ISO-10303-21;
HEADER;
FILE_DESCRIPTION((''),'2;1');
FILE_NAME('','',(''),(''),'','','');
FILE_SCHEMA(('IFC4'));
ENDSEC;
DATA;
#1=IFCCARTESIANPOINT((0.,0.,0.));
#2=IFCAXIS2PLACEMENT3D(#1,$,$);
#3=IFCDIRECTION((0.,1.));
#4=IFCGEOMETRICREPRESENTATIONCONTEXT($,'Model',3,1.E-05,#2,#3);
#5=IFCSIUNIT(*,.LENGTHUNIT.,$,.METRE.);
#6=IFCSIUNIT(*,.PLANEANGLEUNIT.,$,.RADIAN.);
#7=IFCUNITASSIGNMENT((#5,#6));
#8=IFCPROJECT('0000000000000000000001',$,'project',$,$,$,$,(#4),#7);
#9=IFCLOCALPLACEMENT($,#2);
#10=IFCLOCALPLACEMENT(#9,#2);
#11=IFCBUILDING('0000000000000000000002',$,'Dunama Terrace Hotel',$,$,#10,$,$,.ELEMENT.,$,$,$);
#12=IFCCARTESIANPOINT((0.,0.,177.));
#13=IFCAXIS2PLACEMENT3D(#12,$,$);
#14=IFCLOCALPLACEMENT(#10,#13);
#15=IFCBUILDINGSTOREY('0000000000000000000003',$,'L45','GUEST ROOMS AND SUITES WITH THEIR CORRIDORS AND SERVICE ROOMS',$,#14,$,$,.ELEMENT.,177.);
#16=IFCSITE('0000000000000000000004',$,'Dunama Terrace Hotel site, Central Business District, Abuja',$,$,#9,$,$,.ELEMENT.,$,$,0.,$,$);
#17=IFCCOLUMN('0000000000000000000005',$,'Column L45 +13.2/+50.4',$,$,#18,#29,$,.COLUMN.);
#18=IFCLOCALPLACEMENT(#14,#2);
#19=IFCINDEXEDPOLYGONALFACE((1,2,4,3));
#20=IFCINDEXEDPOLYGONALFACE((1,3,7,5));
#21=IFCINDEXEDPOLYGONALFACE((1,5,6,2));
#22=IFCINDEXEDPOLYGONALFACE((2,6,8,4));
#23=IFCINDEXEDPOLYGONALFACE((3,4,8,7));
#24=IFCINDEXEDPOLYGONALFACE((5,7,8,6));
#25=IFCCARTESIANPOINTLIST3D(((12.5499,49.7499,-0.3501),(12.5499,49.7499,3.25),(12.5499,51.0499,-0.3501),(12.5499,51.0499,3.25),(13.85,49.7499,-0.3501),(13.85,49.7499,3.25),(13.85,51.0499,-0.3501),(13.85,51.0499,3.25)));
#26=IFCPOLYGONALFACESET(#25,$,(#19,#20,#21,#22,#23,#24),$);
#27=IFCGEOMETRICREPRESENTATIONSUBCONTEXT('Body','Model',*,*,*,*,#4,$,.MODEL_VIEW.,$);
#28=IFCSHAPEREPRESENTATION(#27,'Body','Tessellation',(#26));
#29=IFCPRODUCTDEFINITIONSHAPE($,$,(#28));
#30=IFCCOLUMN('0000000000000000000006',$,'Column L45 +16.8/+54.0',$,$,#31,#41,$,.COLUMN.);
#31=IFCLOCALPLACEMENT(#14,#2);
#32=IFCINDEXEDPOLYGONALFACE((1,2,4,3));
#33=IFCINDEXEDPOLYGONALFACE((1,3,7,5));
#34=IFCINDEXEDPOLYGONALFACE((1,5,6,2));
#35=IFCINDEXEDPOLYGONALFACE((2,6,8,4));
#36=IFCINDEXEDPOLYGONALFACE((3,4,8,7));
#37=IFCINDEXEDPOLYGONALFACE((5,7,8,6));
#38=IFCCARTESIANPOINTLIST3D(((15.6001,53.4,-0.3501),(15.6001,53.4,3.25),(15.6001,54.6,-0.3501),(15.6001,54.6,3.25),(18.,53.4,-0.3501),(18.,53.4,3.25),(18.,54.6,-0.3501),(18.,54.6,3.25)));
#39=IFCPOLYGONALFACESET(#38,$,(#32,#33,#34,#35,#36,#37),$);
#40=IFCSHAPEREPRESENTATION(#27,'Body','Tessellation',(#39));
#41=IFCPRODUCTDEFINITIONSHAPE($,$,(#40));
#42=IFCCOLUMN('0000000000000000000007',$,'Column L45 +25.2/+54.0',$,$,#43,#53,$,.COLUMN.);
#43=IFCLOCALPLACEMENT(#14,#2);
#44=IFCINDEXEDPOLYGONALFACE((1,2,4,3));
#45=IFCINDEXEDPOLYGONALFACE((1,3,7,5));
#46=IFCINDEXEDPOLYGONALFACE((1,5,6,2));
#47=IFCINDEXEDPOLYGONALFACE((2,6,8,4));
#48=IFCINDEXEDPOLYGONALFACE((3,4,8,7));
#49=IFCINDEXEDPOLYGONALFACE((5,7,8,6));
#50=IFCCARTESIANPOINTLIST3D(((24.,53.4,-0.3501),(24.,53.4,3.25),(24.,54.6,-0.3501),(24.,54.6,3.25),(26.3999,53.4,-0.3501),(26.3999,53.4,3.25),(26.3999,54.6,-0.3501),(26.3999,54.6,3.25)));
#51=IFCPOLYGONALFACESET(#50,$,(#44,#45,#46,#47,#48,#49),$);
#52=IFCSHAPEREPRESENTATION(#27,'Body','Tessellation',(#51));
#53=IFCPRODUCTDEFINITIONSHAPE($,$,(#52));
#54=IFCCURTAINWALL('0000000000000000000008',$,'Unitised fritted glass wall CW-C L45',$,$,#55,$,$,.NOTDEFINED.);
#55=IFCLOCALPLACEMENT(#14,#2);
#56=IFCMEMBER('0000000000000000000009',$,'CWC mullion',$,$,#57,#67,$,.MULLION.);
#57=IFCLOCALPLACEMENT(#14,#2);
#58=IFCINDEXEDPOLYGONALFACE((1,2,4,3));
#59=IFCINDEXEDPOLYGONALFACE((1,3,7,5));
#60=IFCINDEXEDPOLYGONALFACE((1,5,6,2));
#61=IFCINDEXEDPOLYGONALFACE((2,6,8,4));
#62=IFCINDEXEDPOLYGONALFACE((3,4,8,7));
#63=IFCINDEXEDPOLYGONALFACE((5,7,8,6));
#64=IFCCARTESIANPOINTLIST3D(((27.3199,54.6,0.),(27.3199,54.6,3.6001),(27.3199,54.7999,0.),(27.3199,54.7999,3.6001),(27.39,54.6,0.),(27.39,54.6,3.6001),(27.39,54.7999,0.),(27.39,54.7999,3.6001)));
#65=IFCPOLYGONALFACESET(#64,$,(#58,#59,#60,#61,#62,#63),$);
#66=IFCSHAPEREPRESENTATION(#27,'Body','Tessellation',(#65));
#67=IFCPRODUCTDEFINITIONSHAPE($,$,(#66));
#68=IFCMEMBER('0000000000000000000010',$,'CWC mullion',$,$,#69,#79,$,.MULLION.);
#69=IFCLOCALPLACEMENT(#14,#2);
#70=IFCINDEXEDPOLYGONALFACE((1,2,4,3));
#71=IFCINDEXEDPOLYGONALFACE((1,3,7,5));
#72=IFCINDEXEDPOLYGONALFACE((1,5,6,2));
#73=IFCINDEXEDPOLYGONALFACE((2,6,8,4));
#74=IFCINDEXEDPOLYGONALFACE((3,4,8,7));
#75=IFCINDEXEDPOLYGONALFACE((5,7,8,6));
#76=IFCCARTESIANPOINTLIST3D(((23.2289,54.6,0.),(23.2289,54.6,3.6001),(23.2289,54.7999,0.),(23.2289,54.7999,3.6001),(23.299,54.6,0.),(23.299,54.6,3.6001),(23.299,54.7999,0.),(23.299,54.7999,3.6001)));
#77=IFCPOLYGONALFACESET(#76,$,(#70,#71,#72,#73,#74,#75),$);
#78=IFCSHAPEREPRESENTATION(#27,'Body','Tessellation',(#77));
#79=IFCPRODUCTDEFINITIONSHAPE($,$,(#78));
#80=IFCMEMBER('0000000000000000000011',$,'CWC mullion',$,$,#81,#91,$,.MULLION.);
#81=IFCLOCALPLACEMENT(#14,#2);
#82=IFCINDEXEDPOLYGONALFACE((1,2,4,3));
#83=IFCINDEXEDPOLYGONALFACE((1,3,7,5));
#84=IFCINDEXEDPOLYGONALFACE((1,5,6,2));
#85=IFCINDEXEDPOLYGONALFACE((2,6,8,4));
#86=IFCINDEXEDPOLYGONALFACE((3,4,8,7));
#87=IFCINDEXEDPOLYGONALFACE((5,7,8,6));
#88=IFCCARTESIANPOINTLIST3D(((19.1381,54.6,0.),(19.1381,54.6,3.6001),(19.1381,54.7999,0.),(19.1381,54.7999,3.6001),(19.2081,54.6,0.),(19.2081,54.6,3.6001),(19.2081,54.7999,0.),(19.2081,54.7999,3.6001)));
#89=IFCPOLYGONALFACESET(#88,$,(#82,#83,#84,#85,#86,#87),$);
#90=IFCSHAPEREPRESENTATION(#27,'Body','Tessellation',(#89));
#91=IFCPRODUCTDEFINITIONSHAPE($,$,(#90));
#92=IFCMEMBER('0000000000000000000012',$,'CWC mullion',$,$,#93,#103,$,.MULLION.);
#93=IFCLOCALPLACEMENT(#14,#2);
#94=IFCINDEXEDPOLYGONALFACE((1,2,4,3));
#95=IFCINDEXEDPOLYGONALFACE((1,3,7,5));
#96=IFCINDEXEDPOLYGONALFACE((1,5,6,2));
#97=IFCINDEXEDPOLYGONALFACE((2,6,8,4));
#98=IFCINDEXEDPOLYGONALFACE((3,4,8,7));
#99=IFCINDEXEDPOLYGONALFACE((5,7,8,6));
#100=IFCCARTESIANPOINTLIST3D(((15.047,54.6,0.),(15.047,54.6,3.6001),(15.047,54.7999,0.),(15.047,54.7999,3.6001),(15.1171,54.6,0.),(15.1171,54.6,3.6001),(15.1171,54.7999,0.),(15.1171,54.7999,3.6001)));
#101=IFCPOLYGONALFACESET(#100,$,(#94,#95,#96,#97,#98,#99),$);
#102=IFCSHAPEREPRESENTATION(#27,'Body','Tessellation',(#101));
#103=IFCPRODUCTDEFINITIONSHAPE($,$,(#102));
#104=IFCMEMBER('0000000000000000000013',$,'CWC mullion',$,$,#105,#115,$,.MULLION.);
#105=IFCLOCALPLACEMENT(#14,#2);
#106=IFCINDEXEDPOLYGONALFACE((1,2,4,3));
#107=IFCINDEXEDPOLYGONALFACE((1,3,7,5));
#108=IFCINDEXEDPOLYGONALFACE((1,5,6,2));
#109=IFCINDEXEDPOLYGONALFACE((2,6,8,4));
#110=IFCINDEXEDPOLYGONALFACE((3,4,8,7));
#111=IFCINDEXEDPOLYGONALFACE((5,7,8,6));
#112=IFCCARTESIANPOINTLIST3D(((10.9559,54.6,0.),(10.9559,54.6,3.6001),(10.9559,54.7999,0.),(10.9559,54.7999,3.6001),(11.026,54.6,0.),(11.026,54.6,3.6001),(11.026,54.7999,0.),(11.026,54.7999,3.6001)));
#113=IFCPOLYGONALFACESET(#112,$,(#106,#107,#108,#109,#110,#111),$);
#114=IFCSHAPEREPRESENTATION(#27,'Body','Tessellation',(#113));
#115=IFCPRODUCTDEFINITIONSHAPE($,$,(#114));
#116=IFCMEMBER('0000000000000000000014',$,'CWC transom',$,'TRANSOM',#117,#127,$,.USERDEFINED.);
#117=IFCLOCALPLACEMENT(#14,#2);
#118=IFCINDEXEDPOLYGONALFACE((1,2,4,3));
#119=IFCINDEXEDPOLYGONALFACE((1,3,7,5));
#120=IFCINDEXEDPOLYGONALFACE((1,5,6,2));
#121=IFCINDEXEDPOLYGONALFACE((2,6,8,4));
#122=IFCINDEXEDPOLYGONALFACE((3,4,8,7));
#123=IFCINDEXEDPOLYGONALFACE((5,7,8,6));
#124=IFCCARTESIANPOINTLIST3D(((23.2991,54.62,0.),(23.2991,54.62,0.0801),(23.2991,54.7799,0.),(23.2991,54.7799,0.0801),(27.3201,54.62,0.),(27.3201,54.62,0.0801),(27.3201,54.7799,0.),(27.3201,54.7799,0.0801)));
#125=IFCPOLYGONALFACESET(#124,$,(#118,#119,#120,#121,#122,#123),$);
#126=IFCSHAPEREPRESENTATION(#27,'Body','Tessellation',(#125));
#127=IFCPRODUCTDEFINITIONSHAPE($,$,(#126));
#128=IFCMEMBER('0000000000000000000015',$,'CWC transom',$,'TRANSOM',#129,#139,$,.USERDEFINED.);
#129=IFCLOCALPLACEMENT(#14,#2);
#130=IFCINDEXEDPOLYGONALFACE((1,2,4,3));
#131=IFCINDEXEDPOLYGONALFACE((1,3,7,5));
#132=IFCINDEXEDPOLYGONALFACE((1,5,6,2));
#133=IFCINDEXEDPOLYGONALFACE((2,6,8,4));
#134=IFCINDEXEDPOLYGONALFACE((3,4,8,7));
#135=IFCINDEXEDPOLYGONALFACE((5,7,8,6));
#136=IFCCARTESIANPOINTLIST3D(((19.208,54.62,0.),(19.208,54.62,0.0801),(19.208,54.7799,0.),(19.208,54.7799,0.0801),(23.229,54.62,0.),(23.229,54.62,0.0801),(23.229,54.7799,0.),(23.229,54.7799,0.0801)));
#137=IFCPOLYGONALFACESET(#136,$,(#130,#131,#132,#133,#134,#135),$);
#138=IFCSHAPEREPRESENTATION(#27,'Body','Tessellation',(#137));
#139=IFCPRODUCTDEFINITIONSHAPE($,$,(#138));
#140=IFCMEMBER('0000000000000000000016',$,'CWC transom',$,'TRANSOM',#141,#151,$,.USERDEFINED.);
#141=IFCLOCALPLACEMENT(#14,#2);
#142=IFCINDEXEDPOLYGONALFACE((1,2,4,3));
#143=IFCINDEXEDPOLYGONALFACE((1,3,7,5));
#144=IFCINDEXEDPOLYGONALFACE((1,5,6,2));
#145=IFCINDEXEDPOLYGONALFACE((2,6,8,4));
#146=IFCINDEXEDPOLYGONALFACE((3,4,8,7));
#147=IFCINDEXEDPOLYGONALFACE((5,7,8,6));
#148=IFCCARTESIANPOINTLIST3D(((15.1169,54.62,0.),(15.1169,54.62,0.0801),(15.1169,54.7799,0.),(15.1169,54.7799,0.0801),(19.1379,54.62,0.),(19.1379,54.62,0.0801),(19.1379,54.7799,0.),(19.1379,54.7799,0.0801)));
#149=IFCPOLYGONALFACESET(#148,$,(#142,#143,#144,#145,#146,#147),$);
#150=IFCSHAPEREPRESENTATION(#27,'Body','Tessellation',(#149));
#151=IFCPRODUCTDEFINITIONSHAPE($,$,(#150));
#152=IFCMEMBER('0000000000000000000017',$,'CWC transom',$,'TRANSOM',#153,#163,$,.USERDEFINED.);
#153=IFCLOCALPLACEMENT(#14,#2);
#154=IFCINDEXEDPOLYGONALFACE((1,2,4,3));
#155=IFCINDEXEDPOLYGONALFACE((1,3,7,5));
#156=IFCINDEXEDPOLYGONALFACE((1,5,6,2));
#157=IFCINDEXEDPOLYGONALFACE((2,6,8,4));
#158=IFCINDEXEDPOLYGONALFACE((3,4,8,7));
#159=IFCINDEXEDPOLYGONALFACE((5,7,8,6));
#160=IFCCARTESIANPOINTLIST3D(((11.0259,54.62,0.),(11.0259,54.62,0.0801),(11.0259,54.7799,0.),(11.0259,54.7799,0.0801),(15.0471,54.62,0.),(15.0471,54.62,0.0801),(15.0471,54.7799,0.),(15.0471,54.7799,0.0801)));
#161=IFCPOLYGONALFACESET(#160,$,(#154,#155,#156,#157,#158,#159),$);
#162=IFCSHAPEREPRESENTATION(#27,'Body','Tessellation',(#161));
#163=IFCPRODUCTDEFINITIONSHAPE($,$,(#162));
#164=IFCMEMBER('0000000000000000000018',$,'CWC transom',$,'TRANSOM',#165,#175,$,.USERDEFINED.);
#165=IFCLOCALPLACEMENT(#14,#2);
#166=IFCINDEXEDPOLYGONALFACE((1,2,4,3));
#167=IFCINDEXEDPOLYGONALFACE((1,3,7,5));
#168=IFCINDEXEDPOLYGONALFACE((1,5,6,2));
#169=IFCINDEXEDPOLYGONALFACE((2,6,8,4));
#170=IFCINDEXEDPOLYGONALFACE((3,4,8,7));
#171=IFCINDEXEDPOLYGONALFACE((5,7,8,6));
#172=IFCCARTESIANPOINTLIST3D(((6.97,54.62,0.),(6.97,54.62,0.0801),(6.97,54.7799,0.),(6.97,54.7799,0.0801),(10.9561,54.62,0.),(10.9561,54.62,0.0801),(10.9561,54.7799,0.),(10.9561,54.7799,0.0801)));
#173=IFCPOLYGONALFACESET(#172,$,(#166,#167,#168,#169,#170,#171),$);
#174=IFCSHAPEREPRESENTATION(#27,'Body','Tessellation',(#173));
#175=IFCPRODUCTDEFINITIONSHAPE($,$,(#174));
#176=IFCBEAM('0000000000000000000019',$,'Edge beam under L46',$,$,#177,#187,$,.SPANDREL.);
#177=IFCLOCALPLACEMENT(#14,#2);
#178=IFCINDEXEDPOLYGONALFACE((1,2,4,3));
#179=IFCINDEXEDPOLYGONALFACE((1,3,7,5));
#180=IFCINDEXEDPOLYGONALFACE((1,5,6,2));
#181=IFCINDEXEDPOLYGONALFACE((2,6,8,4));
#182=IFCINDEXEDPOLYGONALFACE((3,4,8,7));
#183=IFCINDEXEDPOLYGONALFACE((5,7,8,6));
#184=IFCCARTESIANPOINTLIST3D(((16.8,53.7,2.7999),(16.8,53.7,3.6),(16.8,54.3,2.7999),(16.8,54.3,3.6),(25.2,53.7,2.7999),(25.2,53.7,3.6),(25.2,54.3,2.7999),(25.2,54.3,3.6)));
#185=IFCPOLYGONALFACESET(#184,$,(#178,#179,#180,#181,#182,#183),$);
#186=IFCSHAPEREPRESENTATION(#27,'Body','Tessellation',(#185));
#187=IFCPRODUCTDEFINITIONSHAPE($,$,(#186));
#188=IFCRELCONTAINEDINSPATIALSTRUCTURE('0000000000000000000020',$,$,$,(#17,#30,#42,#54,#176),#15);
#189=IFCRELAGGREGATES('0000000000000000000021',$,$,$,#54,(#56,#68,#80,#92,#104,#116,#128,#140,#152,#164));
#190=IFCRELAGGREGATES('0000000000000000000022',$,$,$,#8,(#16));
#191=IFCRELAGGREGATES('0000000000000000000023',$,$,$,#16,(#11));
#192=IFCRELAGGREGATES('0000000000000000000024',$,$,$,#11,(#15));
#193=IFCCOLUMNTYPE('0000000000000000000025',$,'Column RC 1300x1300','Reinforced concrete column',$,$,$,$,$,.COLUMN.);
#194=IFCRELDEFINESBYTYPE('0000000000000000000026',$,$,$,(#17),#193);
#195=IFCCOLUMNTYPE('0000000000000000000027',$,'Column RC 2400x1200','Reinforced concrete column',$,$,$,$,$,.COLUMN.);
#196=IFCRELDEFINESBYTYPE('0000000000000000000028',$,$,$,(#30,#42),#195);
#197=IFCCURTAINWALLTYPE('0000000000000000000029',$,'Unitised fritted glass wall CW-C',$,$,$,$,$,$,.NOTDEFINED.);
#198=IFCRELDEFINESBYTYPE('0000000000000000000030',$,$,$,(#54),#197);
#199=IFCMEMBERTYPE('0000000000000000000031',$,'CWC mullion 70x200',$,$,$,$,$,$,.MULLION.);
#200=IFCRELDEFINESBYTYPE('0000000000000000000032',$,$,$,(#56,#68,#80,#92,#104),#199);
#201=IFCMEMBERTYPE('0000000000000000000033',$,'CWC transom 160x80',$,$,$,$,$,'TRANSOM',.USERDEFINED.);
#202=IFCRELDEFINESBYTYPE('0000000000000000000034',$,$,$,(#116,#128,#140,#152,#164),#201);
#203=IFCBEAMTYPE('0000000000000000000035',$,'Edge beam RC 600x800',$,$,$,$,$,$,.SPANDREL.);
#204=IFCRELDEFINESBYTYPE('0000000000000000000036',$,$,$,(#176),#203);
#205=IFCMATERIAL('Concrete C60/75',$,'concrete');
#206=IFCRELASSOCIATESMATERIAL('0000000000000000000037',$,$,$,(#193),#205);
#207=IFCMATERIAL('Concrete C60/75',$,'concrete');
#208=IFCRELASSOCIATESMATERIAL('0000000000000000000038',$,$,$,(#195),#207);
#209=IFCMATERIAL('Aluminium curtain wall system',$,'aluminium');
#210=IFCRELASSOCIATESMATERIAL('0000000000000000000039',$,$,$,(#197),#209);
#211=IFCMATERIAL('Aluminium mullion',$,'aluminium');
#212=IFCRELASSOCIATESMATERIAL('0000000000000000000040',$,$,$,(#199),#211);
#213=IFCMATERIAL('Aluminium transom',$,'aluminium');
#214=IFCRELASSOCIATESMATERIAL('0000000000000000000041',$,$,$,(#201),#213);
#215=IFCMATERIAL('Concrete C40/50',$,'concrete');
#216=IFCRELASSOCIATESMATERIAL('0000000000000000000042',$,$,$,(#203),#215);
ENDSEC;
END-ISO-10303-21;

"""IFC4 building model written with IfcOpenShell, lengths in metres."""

from ifc_helpers import new_model, si_unit, direction, frame, origin, origin_2d, place, context, subcontext, project, spatial, rectangle, extrude, material, material_profile, profile_set, type_object, element, aggregate, save


model = new_model("IFC4")

# Units and contexts
model_context = context("Model", 3, precision=1e-05, world=origin(), true_north=direction((0.0, 1.0)))
body_context = subcontext(model_context, "Body", "Model", "MODEL_VIEW")
ifc_project = project(units=[si_unit("LENGTHUNIT", "METRE"), si_unit("PLANEANGLEUNIT", "RADIAN")], contexts=[model_context])

# Site, building, storey
site_placement = place(None, origin())
site = spatial("IfcSite", under=ifc_project, at=site_placement, Name="Dunama Terrace Hotel site, Central Business District, Abuja", CompositionType="ELEMENT", RefElevation=0.0)
building_placement = place(site_placement, origin())
building = spatial("IfcBuilding", under=site, at=building_placement, Name="Dunama Terrace Hotel", CompositionType="ELEMENT")
storey_placement = place(building_placement, frame((0.0, 0.0, 177.0)))
storey = spatial("IfcBuildingStorey", under=building, at=storey_placement, Name="L45", Description="GUEST ROOMS AND SUITES WITH THEIR CORRIDORS AND SERVICE ROOMS", CompositionType="ELEMENT", Elevation=177.0)

# Columns
ifc_material_1 = material(Name="Concrete C60/75", Category="concrete")
ifc_material_profile_1 = material_profile(ifc_material_1, rectangle(XDim=1.3, YDim=1.3, at=origin_2d()), Name="RC 1300x1300")
ifc_profile_set_1 = profile_set([ifc_material_profile_1], Name="Concrete C60/75")
column_type_1 = type_object("IfcColumnType", Name="Column RC 1300x1300", Description="Reinforced concrete column", PredefinedType="COLUMN", material=ifc_profile_set_1)
column_placement = place(storey_placement, frame((13.2, 50.3999, -0.3501), z_axis=(0.0, 0.0, 1.0), x_axis=(1.0, 0.0, 0.0)))
element("IfcColumn", 1, at=column_placement, inside=storey, type_object=column_type_1, Name="Column L45 +13.2/+50.4", PredefinedType="COLUMN", context=body_context, shape_type="SweptSolid", body=[
    extrude(rectangle(XDim=1.3, YDim=1.3, at=origin_2d()), origin(), (0.0, 0.0, 1.0), 3.6001),
])
ifc_material_2 = material(Name="Concrete C60/75", Category="concrete")
ifc_material_profile_2 = material_profile(ifc_material_2, rectangle(XDim=2.3999, YDim=1.2, at=origin_2d()), Name="RC 2400x1200")
ifc_profile_set_2 = profile_set([ifc_material_profile_2], Name="Concrete C60/75")
column_type_2 = type_object("IfcColumnType", Name="Column RC 2400x1200", Description="Reinforced concrete column", PredefinedType="COLUMN", material=ifc_profile_set_2)
for number, where, z_axis, x_axis, name in (
    (2, (16.8, 54.0, -0.3501), (0.0, 0.0, 1.0), (1.0, 0.0, 0.0), "Column L45 +16.8/+54.0"),
    (3, (25.2, 54.0, -0.3501), (0.0, 0.0, 1.0), (1.0, 0.0, 0.0), "Column L45 +25.2/+54.0"),
):
    element("IfcColumn", number, at=place(storey_placement, frame(where, z_axis=z_axis, x_axis=x_axis)), inside=storey, type_object=column_type_2, Name=name, PredefinedType="COLUMN", context=body_context, shape_type="SweptSolid", body=[
        extrude(rectangle(XDim=2.3999, YDim=1.2, at=origin_2d()), origin(), (0.0, 0.0, 1.0), 3.6001),
    ])

# Curtain wall, members
ifc_material_3 = material(Name="Aluminium curtain wall system", Category="aluminium")
curtain_wall_type = type_object("IfcCurtainWallType", Name="Unitised fritted glass wall CW-C", PredefinedType="NOTDEFINED", material=ifc_material_3)
curtain_wall_placement = place(storey_placement, origin())
curtain_wall = element("IfcCurtainWall", 4, at=curtain_wall_placement, inside=storey, type_object=curtain_wall_type, Name="Unitised fritted glass wall CW-C L45", PredefinedType="NOTDEFINED")
ifc_material_4 = material(Name="Aluminium mullion", Category="aluminium")
ifc_material_profile_3 = material_profile(ifc_material_4, rectangle(XDim=0.0701, YDim=0.2, at=origin_2d()), Name="CWC MULLION 70X200")
ifc_profile_set_3 = profile_set([ifc_material_profile_3], Name="Aluminium mullion")
member_type_1 = type_object("IfcMemberType", Name="CWC mullion 70x200", PredefinedType="MULLION", material=ifc_profile_set_3)
member_1_placement = place(storey_placement, frame((27.355, 54.7, 0.0), z_axis=(0.0, 0.0, 1.0), x_axis=(-1.0, 0.0, 0.0)))
member_1 = element("IfcMember", 5, at=member_1_placement, type_object=member_type_1, Name="CWC mullion", PredefinedType="MULLION", context=body_context, shape_type="SweptSolid", body=[
    extrude(rectangle(XDim=0.0701, YDim=0.2, at=origin_2d()), origin(), (0.0, 0.0, 1.0), 3.6001),
])
member_2_placement = place(storey_placement, frame((23.2639, 54.7, 0.0), z_axis=(0.0, 0.0, 1.0), x_axis=(-1.0, 0.0, 0.0)))
member_2 = element("IfcMember", 6, at=member_2_placement, type_object=member_type_1, Name="CWC mullion", PredefinedType="MULLION", context=body_context, shape_type="SweptSolid", body=[
    extrude(rectangle(XDim=0.0701, YDim=0.2, at=origin_2d()), origin(), (0.0, 0.0, 1.0), 3.6001),
])
member_3_placement = place(storey_placement, frame((19.1731, 54.7, 0.0), z_axis=(0.0, 0.0, 1.0), x_axis=(-1.0, 0.0, 0.0)))
member_3 = element("IfcMember", 7, at=member_3_placement, type_object=member_type_1, Name="CWC mullion", PredefinedType="MULLION", context=body_context, shape_type="SweptSolid", body=[
    extrude(rectangle(XDim=0.0701, YDim=0.2, at=origin_2d()), origin(), (0.0, 0.0, 1.0), 3.6001),
])
member_4_placement = place(storey_placement, frame((15.082, 54.7, 0.0), z_axis=(0.0, 0.0, 1.0), x_axis=(-1.0, 0.0, 0.0)))
member_4 = element("IfcMember", 8, at=member_4_placement, type_object=member_type_1, Name="CWC mullion", PredefinedType="MULLION", context=body_context, shape_type="SweptSolid", body=[
    extrude(rectangle(XDim=0.0701, YDim=0.2, at=origin_2d()), origin(), (0.0, 0.0, 1.0), 3.6001),
])
member_5_placement = place(storey_placement, frame((10.991, 54.7, 0.0), z_axis=(0.0, 0.0, 1.0), x_axis=(-1.0, 0.0, 0.0)))
member_5 = element("IfcMember", 9, at=member_5_placement, type_object=member_type_1, Name="CWC mullion", PredefinedType="MULLION", context=body_context, shape_type="SweptSolid", body=[
    extrude(rectangle(XDim=0.0701, YDim=0.2, at=origin_2d()), origin(), (0.0, 0.0, 1.0), 3.6001),
])
ifc_material_5 = material(Name="Aluminium transom", Category="aluminium")
ifc_material_profile_4 = material_profile(ifc_material_5, rectangle(XDim=0.1599, YDim=0.0801, at=origin_2d()), Name="CWC TRANSOM 160X80")
ifc_profile_set_4 = profile_set([ifc_material_profile_4], Name="Aluminium transom")
member_type_2 = type_object("IfcMemberType", Name="CWC transom 160x80", ElementType="TRANSOM", PredefinedType="USERDEFINED", material=ifc_profile_set_4)
member_6_placement = place(storey_placement, frame((27.3201, 54.7, 0.04), z_axis=(-1.0, 0.0, 0.0), x_axis=(0.0, -1.0, 0.0)))
member_6 = element("IfcMember", 10, at=member_6_placement, type_object=member_type_2, Name="CWC transom", ObjectType="TRANSOM", PredefinedType="USERDEFINED", context=body_context, shape_type="SweptSolid", body=[
    extrude(rectangle(XDim=0.1599, YDim=0.0801, at=origin_2d()), origin(), (0.0, 0.0, 1.0), 4.021),
])
member_7_placement = place(storey_placement, frame((23.229, 54.7, 0.04), z_axis=(-1.0, 0.0, 0.0), x_axis=(0.0, -1.0, 0.0)))
member_7 = element("IfcMember", 11, at=member_7_placement, type_object=member_type_2, Name="CWC transom", ObjectType="TRANSOM", PredefinedType="USERDEFINED", context=body_context, shape_type="SweptSolid", body=[
    extrude(rectangle(XDim=0.1599, YDim=0.0801, at=origin_2d()), origin(), (0.0, 0.0, 1.0), 4.021),
])
member_8_placement = place(storey_placement, frame((19.1379, 54.7, 0.04), z_axis=(-1.0, 0.0, 0.0), x_axis=(0.0, -1.0, 0.0)))
member_8 = element("IfcMember", 12, at=member_8_placement, type_object=member_type_2, Name="CWC transom", ObjectType="TRANSOM", PredefinedType="USERDEFINED", context=body_context, shape_type="SweptSolid", body=[
    extrude(rectangle(XDim=0.1599, YDim=0.0801, at=origin_2d()), origin(), (0.0, 0.0, 1.0), 4.021),
])
member_9_placement = place(storey_placement, frame((15.0471, 54.7, 0.04), z_axis=(-1.0, 0.0, 0.0), x_axis=(0.0, -1.0, 0.0)))
member_9 = element("IfcMember", 13, at=member_9_placement, type_object=member_type_2, Name="CWC transom", ObjectType="TRANSOM", PredefinedType="USERDEFINED", context=body_context, shape_type="SweptSolid", body=[
    extrude(rectangle(XDim=0.1599, YDim=0.0801, at=origin_2d()), origin(), (0.0, 0.0, 1.0), 4.0212),
])
member_10_placement = place(storey_placement, frame((10.9561, 54.7, 0.04), z_axis=(-1.0, 0.0, 0.0), x_axis=(0.0, -1.0, 0.0)))
member_10 = element("IfcMember", 14, at=member_10_placement, type_object=member_type_2, Name="CWC transom", ObjectType="TRANSOM", PredefinedType="USERDEFINED", context=body_context, shape_type="SweptSolid", body=[
    extrude(rectangle(XDim=0.1599, YDim=0.0801, at=origin_2d()), origin(), (0.0, 0.0, 1.0), 3.9861),
])

# Beam
ifc_material_6 = material(Name="Concrete C40/50", Category="concrete")
ifc_material_profile_5 = material_profile(ifc_material_6, rectangle(XDim=0.6001, YDim=0.8, at=origin_2d()), Name="RC 600x800")
ifc_profile_set_5 = profile_set([ifc_material_profile_5], Name="Concrete C40/50")
beam_type = type_object("IfcBeamType", Name="Edge beam RC 600x800", PredefinedType="SPANDREL", material=ifc_profile_set_5)
beam_1_placement = place(storey_placement, frame((16.8, 54.0, 3.2), z_axis=(1.0, 0.0, 0.0), x_axis=(0.0, 1.0, 0.0)))
element("IfcBeam", 15, at=beam_1_placement, inside=storey, type_object=beam_type, Name="Edge beam under L46", PredefinedType="SPANDREL", context=body_context, shape_type="SweptSolid", body=[
    extrude(rectangle(XDim=0.6001, YDim=0.8, at=origin_2d()), origin(), (0.0, 0.0, 1.0), 8.3999),
])

aggregate(curtain_wall, [member_1, member_2, member_3, member_4, member_5, member_6, member_7, member_8, member_9, member_10])

save(model, "model.ifc")
